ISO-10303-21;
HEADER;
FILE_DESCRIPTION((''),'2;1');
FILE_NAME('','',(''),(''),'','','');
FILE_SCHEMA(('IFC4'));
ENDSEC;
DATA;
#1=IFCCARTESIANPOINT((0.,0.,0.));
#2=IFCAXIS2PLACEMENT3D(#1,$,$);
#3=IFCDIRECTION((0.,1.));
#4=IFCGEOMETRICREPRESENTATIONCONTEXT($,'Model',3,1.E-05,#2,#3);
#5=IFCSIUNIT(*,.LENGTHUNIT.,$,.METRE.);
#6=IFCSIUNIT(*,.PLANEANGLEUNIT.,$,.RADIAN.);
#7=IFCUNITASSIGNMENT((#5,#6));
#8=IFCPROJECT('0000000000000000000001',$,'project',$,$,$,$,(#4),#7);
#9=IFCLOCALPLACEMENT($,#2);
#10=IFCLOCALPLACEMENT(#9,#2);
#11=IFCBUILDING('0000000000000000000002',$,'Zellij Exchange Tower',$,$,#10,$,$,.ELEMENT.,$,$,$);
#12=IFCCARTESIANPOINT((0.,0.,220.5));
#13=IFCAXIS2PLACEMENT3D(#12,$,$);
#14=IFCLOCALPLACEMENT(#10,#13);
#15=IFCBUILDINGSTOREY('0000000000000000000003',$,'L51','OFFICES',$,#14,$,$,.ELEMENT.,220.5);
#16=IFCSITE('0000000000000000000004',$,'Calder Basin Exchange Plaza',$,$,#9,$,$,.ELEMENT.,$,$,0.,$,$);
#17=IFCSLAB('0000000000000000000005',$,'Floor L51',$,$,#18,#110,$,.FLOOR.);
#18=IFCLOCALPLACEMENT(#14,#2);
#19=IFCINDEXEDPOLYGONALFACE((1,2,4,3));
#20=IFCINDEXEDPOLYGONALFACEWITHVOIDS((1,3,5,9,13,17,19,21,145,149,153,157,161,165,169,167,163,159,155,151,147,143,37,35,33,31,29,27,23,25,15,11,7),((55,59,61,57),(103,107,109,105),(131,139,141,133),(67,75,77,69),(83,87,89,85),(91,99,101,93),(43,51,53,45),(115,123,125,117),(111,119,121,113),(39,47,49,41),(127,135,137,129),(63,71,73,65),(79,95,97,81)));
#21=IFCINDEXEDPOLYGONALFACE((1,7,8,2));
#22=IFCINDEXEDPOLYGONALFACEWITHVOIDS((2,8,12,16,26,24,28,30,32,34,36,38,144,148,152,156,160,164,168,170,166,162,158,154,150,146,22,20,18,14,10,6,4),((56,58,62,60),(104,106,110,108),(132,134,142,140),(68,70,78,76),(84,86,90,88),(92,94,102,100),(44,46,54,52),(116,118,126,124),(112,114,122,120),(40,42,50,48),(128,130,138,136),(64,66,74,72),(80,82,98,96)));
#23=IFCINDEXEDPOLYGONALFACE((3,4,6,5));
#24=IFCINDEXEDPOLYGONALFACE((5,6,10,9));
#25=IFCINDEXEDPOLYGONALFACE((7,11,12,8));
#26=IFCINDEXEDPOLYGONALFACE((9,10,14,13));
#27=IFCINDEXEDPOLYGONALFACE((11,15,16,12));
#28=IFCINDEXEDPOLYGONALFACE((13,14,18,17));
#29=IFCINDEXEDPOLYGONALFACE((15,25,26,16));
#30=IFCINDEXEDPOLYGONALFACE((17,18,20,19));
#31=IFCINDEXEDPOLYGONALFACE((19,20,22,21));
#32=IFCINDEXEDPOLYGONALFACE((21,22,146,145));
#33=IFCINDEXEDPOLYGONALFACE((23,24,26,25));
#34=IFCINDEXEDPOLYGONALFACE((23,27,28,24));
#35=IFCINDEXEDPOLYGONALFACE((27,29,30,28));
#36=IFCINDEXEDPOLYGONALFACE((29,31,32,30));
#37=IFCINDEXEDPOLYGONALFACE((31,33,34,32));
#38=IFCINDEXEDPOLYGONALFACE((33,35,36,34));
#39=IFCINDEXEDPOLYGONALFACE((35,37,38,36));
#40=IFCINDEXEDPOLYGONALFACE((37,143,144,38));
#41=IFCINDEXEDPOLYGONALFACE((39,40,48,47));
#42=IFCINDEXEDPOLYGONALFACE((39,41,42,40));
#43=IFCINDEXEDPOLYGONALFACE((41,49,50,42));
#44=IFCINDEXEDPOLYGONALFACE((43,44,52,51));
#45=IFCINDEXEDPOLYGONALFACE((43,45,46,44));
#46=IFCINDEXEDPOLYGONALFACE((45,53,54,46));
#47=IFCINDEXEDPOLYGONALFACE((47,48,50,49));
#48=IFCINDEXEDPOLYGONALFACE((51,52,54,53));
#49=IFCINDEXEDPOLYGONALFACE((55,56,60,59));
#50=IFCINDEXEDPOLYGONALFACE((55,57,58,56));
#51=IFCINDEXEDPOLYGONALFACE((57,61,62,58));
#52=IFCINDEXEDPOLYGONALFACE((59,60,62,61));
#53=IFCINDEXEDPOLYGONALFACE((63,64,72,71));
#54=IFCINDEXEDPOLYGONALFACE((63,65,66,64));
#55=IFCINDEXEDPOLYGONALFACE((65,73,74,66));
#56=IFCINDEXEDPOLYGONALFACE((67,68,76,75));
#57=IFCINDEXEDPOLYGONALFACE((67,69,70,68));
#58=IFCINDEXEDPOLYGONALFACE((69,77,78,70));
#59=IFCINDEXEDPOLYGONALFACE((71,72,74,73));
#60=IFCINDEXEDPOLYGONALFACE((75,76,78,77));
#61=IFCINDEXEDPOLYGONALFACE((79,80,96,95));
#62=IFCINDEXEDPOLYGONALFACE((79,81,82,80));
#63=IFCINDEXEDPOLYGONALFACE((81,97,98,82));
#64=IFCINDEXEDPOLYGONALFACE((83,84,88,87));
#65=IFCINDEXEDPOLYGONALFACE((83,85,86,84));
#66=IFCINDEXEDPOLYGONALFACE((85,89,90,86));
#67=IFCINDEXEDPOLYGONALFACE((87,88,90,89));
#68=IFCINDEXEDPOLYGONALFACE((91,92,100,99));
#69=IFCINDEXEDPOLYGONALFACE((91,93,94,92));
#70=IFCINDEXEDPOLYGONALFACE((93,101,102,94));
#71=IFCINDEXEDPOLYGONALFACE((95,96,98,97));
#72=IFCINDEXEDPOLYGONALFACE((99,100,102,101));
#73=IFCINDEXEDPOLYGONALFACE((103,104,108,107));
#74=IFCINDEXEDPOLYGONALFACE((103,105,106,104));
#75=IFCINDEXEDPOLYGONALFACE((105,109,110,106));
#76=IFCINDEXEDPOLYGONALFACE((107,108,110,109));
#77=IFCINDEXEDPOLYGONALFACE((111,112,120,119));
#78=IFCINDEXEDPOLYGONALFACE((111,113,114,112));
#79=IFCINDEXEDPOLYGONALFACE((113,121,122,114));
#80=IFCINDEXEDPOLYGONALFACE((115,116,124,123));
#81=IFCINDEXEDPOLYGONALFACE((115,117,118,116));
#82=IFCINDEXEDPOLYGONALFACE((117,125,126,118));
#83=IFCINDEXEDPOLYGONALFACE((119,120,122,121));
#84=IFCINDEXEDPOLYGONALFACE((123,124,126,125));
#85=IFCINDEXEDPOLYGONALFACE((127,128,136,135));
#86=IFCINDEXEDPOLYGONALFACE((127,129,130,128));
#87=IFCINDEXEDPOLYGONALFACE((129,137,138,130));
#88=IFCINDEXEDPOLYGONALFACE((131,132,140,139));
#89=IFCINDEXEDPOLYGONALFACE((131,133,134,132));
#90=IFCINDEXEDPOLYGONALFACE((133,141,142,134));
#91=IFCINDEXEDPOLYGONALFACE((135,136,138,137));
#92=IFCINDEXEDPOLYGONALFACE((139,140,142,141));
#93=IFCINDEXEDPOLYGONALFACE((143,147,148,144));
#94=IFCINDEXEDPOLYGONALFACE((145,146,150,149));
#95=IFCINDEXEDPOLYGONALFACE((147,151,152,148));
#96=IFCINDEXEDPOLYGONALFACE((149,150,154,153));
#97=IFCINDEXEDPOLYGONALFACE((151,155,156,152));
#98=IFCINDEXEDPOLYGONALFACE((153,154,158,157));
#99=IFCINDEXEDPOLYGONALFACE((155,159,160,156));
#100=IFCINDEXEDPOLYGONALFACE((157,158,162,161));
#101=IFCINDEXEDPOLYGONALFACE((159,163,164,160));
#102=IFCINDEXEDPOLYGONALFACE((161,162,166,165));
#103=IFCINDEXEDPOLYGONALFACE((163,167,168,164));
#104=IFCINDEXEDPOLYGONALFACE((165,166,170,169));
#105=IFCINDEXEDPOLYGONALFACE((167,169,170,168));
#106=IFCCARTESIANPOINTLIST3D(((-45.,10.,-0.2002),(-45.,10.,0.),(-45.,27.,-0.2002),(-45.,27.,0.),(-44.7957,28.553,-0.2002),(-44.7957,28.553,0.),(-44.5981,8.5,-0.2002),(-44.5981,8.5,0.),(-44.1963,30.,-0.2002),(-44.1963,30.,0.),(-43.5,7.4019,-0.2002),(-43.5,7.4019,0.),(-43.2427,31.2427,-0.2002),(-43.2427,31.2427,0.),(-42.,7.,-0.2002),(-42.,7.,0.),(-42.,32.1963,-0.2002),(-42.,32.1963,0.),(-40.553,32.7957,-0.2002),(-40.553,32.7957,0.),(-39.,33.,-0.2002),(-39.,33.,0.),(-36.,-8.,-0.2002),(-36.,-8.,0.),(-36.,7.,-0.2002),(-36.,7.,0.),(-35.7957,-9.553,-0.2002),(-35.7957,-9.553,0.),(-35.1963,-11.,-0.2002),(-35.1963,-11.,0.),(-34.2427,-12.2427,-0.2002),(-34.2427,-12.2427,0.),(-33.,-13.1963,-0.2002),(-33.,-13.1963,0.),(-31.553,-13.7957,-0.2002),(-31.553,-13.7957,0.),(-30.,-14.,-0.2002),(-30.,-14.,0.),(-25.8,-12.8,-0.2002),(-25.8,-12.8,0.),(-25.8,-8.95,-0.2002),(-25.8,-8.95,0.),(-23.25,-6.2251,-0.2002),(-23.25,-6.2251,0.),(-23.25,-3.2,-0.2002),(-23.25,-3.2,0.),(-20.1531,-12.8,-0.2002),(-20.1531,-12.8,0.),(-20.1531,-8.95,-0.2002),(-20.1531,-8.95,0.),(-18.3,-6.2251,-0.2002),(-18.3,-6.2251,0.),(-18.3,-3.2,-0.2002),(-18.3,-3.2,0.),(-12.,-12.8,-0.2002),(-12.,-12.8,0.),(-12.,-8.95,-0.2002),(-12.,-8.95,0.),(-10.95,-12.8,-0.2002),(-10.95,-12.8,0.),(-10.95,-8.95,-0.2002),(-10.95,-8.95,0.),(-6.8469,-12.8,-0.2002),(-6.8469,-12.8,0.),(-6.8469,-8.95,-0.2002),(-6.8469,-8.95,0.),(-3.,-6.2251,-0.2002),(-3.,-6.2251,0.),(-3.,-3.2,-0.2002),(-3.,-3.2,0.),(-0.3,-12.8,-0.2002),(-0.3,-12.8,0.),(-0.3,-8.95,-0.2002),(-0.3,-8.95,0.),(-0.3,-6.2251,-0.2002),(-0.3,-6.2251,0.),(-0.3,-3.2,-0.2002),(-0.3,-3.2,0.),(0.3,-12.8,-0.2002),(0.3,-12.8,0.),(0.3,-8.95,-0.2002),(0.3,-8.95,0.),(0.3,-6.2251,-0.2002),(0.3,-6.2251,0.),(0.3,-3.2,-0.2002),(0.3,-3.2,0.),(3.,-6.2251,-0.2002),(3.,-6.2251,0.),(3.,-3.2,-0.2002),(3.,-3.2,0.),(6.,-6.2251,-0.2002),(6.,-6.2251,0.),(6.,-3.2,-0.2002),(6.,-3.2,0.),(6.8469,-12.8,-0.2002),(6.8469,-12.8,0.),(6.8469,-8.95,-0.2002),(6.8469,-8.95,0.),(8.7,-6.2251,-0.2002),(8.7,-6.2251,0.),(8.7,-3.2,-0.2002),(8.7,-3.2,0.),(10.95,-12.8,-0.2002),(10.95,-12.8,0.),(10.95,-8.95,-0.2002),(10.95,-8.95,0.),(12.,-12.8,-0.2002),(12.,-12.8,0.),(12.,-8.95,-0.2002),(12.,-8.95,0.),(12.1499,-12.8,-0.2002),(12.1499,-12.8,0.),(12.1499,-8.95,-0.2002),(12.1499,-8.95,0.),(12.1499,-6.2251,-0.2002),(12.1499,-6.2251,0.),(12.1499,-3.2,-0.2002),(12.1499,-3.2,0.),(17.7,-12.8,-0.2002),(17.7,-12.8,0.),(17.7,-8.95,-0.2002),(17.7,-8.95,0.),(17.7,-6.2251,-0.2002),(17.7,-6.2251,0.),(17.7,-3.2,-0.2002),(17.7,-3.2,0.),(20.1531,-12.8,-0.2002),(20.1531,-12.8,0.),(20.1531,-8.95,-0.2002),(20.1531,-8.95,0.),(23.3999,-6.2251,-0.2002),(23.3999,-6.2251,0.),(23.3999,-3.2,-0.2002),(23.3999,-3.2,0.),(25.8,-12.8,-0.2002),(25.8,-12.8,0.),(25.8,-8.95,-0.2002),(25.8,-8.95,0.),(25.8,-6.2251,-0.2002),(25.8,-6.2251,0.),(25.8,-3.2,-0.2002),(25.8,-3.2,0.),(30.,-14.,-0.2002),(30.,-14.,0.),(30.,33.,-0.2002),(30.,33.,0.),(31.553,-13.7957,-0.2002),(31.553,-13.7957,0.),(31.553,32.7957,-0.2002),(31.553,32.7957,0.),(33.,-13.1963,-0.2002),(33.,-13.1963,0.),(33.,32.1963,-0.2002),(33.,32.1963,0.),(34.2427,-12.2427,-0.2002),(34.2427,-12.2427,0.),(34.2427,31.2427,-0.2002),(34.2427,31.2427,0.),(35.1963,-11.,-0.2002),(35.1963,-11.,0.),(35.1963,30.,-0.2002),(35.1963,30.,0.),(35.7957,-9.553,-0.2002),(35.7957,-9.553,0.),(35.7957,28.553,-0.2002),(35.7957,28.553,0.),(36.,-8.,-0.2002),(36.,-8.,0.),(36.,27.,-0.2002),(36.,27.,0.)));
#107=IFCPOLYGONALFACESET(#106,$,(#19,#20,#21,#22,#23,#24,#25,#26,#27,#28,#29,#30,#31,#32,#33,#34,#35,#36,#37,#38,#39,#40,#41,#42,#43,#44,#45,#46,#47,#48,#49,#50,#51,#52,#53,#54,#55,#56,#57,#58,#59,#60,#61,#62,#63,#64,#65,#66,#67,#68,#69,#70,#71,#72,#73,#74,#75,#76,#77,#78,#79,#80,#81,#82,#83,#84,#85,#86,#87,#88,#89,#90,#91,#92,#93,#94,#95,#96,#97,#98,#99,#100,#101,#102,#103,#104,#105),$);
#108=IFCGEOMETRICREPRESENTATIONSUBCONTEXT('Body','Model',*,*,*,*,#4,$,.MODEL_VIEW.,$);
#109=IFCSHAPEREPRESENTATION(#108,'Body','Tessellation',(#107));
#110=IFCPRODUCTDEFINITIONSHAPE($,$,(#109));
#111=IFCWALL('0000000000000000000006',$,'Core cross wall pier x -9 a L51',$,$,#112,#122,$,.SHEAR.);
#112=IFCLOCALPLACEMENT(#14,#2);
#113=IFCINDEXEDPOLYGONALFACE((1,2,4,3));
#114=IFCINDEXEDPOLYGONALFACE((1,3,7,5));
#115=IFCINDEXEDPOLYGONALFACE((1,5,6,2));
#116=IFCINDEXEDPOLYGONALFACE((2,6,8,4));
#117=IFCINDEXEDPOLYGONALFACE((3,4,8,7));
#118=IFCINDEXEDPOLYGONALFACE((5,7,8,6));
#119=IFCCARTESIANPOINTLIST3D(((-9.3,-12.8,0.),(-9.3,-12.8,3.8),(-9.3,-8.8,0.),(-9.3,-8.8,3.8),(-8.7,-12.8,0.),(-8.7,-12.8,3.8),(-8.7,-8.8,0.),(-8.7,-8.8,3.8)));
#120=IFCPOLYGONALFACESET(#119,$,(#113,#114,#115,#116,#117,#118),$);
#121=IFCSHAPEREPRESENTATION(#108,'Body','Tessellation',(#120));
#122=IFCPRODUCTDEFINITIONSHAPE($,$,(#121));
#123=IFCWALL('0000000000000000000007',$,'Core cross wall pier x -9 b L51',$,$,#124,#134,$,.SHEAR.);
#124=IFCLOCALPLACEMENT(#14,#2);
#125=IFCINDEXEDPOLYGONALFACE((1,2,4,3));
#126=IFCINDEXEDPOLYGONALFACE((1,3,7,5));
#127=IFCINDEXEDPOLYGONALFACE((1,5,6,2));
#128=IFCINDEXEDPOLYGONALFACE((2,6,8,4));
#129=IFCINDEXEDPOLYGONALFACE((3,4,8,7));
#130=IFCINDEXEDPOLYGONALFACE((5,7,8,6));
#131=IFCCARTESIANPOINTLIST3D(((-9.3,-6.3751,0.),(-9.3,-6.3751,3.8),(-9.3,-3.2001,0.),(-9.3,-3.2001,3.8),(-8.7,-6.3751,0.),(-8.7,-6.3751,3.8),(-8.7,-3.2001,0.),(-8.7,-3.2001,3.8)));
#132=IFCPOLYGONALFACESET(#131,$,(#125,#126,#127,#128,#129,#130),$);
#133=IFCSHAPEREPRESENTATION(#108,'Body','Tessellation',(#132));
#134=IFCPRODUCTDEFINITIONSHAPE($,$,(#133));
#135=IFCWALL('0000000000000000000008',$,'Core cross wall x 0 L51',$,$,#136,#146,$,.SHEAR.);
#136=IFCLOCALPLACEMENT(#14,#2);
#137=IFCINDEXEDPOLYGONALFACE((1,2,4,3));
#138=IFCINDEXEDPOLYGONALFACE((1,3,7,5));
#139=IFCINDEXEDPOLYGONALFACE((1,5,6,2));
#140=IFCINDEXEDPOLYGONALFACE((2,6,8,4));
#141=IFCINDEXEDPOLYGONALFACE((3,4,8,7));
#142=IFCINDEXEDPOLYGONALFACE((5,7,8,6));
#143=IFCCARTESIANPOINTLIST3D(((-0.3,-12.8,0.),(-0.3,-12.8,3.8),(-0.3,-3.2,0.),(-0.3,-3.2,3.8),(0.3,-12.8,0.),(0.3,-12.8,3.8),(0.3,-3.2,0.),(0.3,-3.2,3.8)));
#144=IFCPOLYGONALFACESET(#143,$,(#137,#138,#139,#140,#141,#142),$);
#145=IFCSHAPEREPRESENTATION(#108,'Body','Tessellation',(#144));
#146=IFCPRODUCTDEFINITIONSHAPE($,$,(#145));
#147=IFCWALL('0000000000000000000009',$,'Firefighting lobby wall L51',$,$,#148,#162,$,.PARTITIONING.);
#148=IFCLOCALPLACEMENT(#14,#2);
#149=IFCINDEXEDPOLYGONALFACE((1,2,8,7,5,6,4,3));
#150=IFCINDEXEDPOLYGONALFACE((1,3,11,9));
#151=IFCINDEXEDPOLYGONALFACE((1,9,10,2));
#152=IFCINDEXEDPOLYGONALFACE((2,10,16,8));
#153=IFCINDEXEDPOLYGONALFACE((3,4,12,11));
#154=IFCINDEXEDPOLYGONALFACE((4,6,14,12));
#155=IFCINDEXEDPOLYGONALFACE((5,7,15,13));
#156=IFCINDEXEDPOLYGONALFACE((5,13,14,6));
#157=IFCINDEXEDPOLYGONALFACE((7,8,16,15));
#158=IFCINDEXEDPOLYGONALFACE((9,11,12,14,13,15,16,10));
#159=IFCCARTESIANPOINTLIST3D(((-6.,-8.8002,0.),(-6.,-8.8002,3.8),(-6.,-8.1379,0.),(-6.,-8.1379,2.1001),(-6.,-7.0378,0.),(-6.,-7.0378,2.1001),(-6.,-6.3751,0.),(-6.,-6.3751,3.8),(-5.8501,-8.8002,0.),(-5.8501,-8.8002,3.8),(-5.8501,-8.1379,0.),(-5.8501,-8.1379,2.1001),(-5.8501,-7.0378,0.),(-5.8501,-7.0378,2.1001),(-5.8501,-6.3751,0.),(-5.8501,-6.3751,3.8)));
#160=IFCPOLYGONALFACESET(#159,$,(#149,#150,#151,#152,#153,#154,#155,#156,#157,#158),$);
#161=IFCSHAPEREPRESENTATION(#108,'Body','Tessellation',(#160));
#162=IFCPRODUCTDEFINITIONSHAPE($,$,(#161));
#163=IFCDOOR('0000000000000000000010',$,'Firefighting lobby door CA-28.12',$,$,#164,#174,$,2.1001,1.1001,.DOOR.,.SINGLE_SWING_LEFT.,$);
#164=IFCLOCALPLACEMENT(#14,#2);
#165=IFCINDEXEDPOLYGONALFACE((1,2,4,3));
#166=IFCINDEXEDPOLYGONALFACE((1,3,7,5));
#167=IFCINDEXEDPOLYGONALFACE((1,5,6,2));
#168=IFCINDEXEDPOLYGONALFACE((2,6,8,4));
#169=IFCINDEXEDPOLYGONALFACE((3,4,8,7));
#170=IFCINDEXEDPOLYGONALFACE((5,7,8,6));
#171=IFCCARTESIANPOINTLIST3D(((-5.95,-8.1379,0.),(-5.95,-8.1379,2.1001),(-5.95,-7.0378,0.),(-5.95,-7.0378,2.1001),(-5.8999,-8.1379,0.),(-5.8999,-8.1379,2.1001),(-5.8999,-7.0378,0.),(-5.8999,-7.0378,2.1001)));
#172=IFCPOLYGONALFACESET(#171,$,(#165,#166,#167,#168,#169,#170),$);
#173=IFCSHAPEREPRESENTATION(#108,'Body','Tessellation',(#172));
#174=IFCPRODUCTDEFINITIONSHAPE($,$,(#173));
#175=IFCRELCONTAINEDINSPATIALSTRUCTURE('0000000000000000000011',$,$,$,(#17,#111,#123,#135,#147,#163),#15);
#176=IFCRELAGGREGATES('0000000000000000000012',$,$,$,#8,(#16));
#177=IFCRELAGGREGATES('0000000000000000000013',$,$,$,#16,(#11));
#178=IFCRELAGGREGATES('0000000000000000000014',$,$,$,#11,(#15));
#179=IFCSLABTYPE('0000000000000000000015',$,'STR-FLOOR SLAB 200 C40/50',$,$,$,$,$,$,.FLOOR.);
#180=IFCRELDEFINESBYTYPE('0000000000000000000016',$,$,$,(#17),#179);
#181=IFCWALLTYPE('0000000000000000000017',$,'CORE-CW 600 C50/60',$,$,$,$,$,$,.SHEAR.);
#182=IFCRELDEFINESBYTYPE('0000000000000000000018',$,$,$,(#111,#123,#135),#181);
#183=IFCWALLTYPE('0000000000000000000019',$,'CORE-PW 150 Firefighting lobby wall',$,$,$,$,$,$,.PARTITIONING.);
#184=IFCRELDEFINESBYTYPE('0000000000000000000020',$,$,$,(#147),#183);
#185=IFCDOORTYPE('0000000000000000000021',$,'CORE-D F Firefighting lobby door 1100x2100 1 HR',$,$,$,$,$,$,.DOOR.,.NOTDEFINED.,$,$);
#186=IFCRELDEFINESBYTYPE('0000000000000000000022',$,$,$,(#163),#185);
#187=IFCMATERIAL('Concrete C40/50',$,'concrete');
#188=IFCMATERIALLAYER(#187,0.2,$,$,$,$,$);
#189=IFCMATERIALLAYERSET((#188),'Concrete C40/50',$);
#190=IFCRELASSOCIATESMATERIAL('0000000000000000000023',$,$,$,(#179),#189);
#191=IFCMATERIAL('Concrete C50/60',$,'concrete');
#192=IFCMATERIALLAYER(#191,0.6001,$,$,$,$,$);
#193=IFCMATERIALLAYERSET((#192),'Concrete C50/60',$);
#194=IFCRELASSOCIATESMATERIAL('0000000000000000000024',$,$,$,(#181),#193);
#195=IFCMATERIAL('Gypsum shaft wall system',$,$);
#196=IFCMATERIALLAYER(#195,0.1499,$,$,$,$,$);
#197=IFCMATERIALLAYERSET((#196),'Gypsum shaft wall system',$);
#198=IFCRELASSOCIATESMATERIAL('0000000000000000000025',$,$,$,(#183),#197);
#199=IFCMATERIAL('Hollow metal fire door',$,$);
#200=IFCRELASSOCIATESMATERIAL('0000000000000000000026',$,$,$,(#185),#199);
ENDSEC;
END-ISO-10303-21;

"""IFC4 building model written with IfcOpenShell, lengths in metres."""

from ifc_helpers import new_model, si_unit, direction, frame, frame_2d, origin, place, context, subcontext, project, spatial, polyline, rectangle, outline, extrude, material, layer, layer_set, type_object, element, fill, save


model = new_model("IFC4")

# Units and contexts
model_context = context("Model", 3, precision=1e-05, world=origin(), true_north=direction((0.0, 1.0)))
body_context = subcontext(model_context, "Body", "Model", "MODEL_VIEW")
ifc_project = project(units=[si_unit("LENGTHUNIT", "METRE"), si_unit("PLANEANGLEUNIT", "RADIAN")], contexts=[model_context])

# Site, building, storey
site_placement = place(None, origin())
site = spatial("IfcSite", under=ifc_project, at=site_placement, Name="Calder Basin Exchange Plaza", CompositionType="ELEMENT", RefElevation=0.0)
building_placement = place(site_placement, origin())
building = spatial("IfcBuilding", under=site, at=building_placement, Name="Zellij Exchange Tower", CompositionType="ELEMENT")
storey_placement = place(building_placement, frame((0.0, 0.0, 220.5)))
storey = spatial("IfcBuildingStorey", under=building, at=storey_placement, Name="L51", Description="OFFICES", CompositionType="ELEMENT", Elevation=220.5)

# Shared definitions
ifc_material_1 = material(Name="Concrete C50/60", Category="concrete")

# Slab
ifc_material_2 = material(Name="Concrete C40/50", Category="concrete")
ifc_layer_1 = layer(ifc_material_2, 0.2)
ifc_layer_set_1 = layer_set([ifc_layer_1], Name="Concrete C40/50")
slab_type = type_object("IfcSlabType", Name="STR-FLOOR SLAB 200 C40/50", PredefinedType="FLOOR", material=ifc_layer_set_1)
slab_placement = place(storey_placement, frame((0.0, 0.0, -0.2002)))
element("IfcSlab", 1, at=slab_placement, inside=storey, type_object=slab_type, Name="Floor L51", PredefinedType="FLOOR", context=body_context, shape_type="SweptSolid", body=[
    extrude(outline(polyline([(31.553, 32.7957), (33.0, 32.1963), (34.2427, 31.2427), (35.1963, 30.0), (35.7957, 28.553), (36.0, 27.0), (36.0, -8.0), (35.7957, -9.553), (35.1963, -11.0), (34.2427, -12.2427), (33.0, -13.1963), (31.553, -13.7957), (30.0, -14.0), (-30.0, -14.0), (-31.553, -13.7957), (-33.0, -13.1963), (-34.2427, -12.2427), (-35.1963, -11.0), (-35.7957, -9.553), (-36.0, -8.0), (-36.0, 7.0), (-42.0, 7.0), (-43.5, 7.4019), (-44.5981, 8.5), (-45.0, 10.0), (-45.0, 27.0), (-44.7957, 28.553), (-44.1963, 30.0), (-43.2427, 31.2427), (-42.0, 32.1963), (-40.553, 32.7957), (-39.0, 33.0), (30.0, 33.0), (31.553, 32.7957)]), holes=[polyline([(-25.8, -8.95), (-25.8, -12.8), (-20.1531, -12.8), (-20.1531, -8.95), (-25.8, -8.95)]), polyline([(-10.95, -8.95), (-12.0, -8.95), (-12.0, -12.8), (-10.95, -12.8), (-10.95, -8.95)]), polyline([(-0.3, -8.95), (-6.8469, -8.95), (-6.8469, -12.8), (-0.3, -12.8), (-0.3, -8.95)]), polyline([(0.3, -8.95), (0.3, -12.8), (6.8469, -12.8), (6.8469, -8.95), (0.3, -8.95)]), polyline([(-18.3, -3.2), (-23.25, -3.2), (-23.25, -6.2251), (-18.3, -6.2251), (-18.3, -3.2)]), polyline([(-0.3, -3.2), (-3.0, -3.2), (-3.0, -6.2251), (-0.3, -6.2251), (-0.3, -3.2)]), polyline([(0.3, -3.2), (0.3, -6.2251), (3.0, -6.2251), (3.0, -3.2), (0.3, -3.2)]), polyline([(12.0, -8.95), (10.95, -8.95), (10.95, -12.8), (12.0, -12.8), (12.0, -8.95)]), polyline([(17.7, -8.95), (12.1499, -8.95), (12.1499, -12.8), (17.7, -12.8), (17.7, -8.95)]), polyline([(25.8, -8.95), (20.1531, -8.95), (20.1531, -12.8), (25.8, -12.8), (25.8, -8.95)]), polyline([(8.7, -3.2), (6.0, -3.2), (6.0, -6.2251), (8.7, -6.2251), (8.7, -3.2)]), polyline([(17.7, -3.2), (12.1499, -3.2), (12.1499, -6.2251), (17.7, -6.2251), (17.7, -3.2)]), polyline([(25.8, -3.2), (23.3999, -3.2), (23.3999, -6.2251), (25.8, -6.2251), (25.8, -3.2)])]), origin(), (0.0, 0.0, 1.0), 0.2002),
])

# Walls
ifc_layer_2 = layer(ifc_material_1, 0.6001)
ifc_layer_set_2 = layer_set([ifc_layer_2], Name="Concrete C50/60")
wall_type_1 = type_object("IfcWallType", Name="CORE-CW 600 C50/60", PredefinedType="SHEAR", material=ifc_layer_set_2)
wall_1_placement = place(storey_placement, frame((-9.0, -12.8, 0.0), z_axis=(0.0, 0.0, 1.0), x_axis=(0.0, 1.0, 0.0)))
element("IfcWall", 2, at=wall_1_placement, inside=storey, type_object=wall_type_1, Name="Core cross wall pier x -9 a L51", PredefinedType="SHEAR", context=body_context, shape_type="SweptSolid", body=[
    extrude(rectangle(XDim=4.0, YDim=0.6001, at=frame_2d((2.0, 0.0))), origin(), (0.0, 0.0, 1.0), 3.8),
])
wall_2_placement = place(storey_placement, frame((-9.0, -6.375, 0.0), z_axis=(0.0, 0.0, 1.0), x_axis=(0.0, 1.0, 0.0)))
element("IfcWall", 3, at=wall_2_placement, inside=storey, type_object=wall_type_1, Name="Core cross wall pier x -9 b L51", PredefinedType="SHEAR", context=body_context, shape_type="SweptSolid", body=[
    extrude(rectangle(XDim=3.175, YDim=0.6001, at=frame_2d((1.5874, 0.0))), origin(), (0.0, 0.0, 1.0), 3.8),
])
wall_3_placement = place(storey_placement, frame((0.0, -12.8, 0.0), z_axis=(0.0, 0.0, 1.0), x_axis=(0.0, 1.0, 0.0)))
element("IfcWall", 4, at=wall_3_placement, inside=storey, type_object=wall_type_1, Name="Core cross wall x 0 L51", PredefinedType="SHEAR", context=body_context, shape_type="SweptSolid", body=[
    extrude(rectangle(XDim=9.6001, YDim=0.6001, at=frame_2d((4.8, 0.0))), origin(), (0.0, 0.0, 1.0), 3.8),
])

# Wall, opening, door
ifc_material_3 = material(Name="Gypsum shaft wall system")
ifc_layer_3 = layer(ifc_material_3, 0.1499)
ifc_layer_set_3 = layer_set([ifc_layer_3], Name="Gypsum shaft wall system")
wall_type_2 = type_object("IfcWallType", Name="CORE-PW 150 Firefighting lobby wall", PredefinedType="PARTITIONING", material=ifc_layer_set_3)
wall_4_placement = place(storey_placement, frame((-5.925, -8.8, 0.0), z_axis=(0.0, 0.0, 1.0), x_axis=(0.0, 1.0, 0.0)))
wall_4 = element("IfcWall", 5, at=wall_4_placement, inside=storey, type_object=wall_type_2, Name="Firefighting lobby wall L51", PredefinedType="PARTITIONING", context=body_context, shape_type="SweptSolid", body=[
    extrude(rectangle(XDim=2.425, YDim=0.1499, at=frame_2d((1.2124, 0.0))), origin(), (0.0, 0.0, 1.0), 3.8),
])
opening_1_placement = place(wall_4_placement, frame((0.6621, 0.0, 0.0)))
opening_1 = element("IfcOpeningElement", 6, at=opening_1_placement, cuts=wall_4, PredefinedType="OPENING", context=body_context, shape_type="SweptSolid", body=[
    extrude(rectangle(XDim=1.1001, YDim=2.1001, at=frame_2d((0.55, 1.05))), frame((0.0, 0.0869, 0.0), z_axis=(0.0, -1.0, 0.0), x_axis=(1.0, 0.0, 0.0)), (0.0, 0.0, 1.0), 0.1738),
])
ifc_material_4 = material(Name="Hollow metal fire door")
door_type_1 = type_object("IfcDoorType", Name="CORE-D F Firefighting lobby door 1100x2100 1 HR", OperationType="NOTDEFINED", PredefinedType="DOOR", material=ifc_material_4)
door_1_placement = place(opening_1_placement, origin())
door_1 = element("IfcDoor", 7, at=door_1_placement, inside=storey, type_object=door_type_1, Name="Firefighting lobby door CA-28.12", OperationType="SINGLE_SWING_LEFT", OverallHeight=2.1001, OverallWidth=1.1001, PredefinedType="DOOR", context=body_context, shape_type="SweptSolid", body=[
    extrude(rectangle(XDim=1.1001, YDim=2.1001, at=frame_2d((0.55, 1.05))), frame((0.0, 0.0249, 0.0), z_axis=(0.0, -1.0, 0.0), x_axis=(1.0, 0.0, 0.0)), (0.0, 0.0, 1.0), 0.05),
])
fill(opening_1, door_1)

save(model, "model.ifc")
